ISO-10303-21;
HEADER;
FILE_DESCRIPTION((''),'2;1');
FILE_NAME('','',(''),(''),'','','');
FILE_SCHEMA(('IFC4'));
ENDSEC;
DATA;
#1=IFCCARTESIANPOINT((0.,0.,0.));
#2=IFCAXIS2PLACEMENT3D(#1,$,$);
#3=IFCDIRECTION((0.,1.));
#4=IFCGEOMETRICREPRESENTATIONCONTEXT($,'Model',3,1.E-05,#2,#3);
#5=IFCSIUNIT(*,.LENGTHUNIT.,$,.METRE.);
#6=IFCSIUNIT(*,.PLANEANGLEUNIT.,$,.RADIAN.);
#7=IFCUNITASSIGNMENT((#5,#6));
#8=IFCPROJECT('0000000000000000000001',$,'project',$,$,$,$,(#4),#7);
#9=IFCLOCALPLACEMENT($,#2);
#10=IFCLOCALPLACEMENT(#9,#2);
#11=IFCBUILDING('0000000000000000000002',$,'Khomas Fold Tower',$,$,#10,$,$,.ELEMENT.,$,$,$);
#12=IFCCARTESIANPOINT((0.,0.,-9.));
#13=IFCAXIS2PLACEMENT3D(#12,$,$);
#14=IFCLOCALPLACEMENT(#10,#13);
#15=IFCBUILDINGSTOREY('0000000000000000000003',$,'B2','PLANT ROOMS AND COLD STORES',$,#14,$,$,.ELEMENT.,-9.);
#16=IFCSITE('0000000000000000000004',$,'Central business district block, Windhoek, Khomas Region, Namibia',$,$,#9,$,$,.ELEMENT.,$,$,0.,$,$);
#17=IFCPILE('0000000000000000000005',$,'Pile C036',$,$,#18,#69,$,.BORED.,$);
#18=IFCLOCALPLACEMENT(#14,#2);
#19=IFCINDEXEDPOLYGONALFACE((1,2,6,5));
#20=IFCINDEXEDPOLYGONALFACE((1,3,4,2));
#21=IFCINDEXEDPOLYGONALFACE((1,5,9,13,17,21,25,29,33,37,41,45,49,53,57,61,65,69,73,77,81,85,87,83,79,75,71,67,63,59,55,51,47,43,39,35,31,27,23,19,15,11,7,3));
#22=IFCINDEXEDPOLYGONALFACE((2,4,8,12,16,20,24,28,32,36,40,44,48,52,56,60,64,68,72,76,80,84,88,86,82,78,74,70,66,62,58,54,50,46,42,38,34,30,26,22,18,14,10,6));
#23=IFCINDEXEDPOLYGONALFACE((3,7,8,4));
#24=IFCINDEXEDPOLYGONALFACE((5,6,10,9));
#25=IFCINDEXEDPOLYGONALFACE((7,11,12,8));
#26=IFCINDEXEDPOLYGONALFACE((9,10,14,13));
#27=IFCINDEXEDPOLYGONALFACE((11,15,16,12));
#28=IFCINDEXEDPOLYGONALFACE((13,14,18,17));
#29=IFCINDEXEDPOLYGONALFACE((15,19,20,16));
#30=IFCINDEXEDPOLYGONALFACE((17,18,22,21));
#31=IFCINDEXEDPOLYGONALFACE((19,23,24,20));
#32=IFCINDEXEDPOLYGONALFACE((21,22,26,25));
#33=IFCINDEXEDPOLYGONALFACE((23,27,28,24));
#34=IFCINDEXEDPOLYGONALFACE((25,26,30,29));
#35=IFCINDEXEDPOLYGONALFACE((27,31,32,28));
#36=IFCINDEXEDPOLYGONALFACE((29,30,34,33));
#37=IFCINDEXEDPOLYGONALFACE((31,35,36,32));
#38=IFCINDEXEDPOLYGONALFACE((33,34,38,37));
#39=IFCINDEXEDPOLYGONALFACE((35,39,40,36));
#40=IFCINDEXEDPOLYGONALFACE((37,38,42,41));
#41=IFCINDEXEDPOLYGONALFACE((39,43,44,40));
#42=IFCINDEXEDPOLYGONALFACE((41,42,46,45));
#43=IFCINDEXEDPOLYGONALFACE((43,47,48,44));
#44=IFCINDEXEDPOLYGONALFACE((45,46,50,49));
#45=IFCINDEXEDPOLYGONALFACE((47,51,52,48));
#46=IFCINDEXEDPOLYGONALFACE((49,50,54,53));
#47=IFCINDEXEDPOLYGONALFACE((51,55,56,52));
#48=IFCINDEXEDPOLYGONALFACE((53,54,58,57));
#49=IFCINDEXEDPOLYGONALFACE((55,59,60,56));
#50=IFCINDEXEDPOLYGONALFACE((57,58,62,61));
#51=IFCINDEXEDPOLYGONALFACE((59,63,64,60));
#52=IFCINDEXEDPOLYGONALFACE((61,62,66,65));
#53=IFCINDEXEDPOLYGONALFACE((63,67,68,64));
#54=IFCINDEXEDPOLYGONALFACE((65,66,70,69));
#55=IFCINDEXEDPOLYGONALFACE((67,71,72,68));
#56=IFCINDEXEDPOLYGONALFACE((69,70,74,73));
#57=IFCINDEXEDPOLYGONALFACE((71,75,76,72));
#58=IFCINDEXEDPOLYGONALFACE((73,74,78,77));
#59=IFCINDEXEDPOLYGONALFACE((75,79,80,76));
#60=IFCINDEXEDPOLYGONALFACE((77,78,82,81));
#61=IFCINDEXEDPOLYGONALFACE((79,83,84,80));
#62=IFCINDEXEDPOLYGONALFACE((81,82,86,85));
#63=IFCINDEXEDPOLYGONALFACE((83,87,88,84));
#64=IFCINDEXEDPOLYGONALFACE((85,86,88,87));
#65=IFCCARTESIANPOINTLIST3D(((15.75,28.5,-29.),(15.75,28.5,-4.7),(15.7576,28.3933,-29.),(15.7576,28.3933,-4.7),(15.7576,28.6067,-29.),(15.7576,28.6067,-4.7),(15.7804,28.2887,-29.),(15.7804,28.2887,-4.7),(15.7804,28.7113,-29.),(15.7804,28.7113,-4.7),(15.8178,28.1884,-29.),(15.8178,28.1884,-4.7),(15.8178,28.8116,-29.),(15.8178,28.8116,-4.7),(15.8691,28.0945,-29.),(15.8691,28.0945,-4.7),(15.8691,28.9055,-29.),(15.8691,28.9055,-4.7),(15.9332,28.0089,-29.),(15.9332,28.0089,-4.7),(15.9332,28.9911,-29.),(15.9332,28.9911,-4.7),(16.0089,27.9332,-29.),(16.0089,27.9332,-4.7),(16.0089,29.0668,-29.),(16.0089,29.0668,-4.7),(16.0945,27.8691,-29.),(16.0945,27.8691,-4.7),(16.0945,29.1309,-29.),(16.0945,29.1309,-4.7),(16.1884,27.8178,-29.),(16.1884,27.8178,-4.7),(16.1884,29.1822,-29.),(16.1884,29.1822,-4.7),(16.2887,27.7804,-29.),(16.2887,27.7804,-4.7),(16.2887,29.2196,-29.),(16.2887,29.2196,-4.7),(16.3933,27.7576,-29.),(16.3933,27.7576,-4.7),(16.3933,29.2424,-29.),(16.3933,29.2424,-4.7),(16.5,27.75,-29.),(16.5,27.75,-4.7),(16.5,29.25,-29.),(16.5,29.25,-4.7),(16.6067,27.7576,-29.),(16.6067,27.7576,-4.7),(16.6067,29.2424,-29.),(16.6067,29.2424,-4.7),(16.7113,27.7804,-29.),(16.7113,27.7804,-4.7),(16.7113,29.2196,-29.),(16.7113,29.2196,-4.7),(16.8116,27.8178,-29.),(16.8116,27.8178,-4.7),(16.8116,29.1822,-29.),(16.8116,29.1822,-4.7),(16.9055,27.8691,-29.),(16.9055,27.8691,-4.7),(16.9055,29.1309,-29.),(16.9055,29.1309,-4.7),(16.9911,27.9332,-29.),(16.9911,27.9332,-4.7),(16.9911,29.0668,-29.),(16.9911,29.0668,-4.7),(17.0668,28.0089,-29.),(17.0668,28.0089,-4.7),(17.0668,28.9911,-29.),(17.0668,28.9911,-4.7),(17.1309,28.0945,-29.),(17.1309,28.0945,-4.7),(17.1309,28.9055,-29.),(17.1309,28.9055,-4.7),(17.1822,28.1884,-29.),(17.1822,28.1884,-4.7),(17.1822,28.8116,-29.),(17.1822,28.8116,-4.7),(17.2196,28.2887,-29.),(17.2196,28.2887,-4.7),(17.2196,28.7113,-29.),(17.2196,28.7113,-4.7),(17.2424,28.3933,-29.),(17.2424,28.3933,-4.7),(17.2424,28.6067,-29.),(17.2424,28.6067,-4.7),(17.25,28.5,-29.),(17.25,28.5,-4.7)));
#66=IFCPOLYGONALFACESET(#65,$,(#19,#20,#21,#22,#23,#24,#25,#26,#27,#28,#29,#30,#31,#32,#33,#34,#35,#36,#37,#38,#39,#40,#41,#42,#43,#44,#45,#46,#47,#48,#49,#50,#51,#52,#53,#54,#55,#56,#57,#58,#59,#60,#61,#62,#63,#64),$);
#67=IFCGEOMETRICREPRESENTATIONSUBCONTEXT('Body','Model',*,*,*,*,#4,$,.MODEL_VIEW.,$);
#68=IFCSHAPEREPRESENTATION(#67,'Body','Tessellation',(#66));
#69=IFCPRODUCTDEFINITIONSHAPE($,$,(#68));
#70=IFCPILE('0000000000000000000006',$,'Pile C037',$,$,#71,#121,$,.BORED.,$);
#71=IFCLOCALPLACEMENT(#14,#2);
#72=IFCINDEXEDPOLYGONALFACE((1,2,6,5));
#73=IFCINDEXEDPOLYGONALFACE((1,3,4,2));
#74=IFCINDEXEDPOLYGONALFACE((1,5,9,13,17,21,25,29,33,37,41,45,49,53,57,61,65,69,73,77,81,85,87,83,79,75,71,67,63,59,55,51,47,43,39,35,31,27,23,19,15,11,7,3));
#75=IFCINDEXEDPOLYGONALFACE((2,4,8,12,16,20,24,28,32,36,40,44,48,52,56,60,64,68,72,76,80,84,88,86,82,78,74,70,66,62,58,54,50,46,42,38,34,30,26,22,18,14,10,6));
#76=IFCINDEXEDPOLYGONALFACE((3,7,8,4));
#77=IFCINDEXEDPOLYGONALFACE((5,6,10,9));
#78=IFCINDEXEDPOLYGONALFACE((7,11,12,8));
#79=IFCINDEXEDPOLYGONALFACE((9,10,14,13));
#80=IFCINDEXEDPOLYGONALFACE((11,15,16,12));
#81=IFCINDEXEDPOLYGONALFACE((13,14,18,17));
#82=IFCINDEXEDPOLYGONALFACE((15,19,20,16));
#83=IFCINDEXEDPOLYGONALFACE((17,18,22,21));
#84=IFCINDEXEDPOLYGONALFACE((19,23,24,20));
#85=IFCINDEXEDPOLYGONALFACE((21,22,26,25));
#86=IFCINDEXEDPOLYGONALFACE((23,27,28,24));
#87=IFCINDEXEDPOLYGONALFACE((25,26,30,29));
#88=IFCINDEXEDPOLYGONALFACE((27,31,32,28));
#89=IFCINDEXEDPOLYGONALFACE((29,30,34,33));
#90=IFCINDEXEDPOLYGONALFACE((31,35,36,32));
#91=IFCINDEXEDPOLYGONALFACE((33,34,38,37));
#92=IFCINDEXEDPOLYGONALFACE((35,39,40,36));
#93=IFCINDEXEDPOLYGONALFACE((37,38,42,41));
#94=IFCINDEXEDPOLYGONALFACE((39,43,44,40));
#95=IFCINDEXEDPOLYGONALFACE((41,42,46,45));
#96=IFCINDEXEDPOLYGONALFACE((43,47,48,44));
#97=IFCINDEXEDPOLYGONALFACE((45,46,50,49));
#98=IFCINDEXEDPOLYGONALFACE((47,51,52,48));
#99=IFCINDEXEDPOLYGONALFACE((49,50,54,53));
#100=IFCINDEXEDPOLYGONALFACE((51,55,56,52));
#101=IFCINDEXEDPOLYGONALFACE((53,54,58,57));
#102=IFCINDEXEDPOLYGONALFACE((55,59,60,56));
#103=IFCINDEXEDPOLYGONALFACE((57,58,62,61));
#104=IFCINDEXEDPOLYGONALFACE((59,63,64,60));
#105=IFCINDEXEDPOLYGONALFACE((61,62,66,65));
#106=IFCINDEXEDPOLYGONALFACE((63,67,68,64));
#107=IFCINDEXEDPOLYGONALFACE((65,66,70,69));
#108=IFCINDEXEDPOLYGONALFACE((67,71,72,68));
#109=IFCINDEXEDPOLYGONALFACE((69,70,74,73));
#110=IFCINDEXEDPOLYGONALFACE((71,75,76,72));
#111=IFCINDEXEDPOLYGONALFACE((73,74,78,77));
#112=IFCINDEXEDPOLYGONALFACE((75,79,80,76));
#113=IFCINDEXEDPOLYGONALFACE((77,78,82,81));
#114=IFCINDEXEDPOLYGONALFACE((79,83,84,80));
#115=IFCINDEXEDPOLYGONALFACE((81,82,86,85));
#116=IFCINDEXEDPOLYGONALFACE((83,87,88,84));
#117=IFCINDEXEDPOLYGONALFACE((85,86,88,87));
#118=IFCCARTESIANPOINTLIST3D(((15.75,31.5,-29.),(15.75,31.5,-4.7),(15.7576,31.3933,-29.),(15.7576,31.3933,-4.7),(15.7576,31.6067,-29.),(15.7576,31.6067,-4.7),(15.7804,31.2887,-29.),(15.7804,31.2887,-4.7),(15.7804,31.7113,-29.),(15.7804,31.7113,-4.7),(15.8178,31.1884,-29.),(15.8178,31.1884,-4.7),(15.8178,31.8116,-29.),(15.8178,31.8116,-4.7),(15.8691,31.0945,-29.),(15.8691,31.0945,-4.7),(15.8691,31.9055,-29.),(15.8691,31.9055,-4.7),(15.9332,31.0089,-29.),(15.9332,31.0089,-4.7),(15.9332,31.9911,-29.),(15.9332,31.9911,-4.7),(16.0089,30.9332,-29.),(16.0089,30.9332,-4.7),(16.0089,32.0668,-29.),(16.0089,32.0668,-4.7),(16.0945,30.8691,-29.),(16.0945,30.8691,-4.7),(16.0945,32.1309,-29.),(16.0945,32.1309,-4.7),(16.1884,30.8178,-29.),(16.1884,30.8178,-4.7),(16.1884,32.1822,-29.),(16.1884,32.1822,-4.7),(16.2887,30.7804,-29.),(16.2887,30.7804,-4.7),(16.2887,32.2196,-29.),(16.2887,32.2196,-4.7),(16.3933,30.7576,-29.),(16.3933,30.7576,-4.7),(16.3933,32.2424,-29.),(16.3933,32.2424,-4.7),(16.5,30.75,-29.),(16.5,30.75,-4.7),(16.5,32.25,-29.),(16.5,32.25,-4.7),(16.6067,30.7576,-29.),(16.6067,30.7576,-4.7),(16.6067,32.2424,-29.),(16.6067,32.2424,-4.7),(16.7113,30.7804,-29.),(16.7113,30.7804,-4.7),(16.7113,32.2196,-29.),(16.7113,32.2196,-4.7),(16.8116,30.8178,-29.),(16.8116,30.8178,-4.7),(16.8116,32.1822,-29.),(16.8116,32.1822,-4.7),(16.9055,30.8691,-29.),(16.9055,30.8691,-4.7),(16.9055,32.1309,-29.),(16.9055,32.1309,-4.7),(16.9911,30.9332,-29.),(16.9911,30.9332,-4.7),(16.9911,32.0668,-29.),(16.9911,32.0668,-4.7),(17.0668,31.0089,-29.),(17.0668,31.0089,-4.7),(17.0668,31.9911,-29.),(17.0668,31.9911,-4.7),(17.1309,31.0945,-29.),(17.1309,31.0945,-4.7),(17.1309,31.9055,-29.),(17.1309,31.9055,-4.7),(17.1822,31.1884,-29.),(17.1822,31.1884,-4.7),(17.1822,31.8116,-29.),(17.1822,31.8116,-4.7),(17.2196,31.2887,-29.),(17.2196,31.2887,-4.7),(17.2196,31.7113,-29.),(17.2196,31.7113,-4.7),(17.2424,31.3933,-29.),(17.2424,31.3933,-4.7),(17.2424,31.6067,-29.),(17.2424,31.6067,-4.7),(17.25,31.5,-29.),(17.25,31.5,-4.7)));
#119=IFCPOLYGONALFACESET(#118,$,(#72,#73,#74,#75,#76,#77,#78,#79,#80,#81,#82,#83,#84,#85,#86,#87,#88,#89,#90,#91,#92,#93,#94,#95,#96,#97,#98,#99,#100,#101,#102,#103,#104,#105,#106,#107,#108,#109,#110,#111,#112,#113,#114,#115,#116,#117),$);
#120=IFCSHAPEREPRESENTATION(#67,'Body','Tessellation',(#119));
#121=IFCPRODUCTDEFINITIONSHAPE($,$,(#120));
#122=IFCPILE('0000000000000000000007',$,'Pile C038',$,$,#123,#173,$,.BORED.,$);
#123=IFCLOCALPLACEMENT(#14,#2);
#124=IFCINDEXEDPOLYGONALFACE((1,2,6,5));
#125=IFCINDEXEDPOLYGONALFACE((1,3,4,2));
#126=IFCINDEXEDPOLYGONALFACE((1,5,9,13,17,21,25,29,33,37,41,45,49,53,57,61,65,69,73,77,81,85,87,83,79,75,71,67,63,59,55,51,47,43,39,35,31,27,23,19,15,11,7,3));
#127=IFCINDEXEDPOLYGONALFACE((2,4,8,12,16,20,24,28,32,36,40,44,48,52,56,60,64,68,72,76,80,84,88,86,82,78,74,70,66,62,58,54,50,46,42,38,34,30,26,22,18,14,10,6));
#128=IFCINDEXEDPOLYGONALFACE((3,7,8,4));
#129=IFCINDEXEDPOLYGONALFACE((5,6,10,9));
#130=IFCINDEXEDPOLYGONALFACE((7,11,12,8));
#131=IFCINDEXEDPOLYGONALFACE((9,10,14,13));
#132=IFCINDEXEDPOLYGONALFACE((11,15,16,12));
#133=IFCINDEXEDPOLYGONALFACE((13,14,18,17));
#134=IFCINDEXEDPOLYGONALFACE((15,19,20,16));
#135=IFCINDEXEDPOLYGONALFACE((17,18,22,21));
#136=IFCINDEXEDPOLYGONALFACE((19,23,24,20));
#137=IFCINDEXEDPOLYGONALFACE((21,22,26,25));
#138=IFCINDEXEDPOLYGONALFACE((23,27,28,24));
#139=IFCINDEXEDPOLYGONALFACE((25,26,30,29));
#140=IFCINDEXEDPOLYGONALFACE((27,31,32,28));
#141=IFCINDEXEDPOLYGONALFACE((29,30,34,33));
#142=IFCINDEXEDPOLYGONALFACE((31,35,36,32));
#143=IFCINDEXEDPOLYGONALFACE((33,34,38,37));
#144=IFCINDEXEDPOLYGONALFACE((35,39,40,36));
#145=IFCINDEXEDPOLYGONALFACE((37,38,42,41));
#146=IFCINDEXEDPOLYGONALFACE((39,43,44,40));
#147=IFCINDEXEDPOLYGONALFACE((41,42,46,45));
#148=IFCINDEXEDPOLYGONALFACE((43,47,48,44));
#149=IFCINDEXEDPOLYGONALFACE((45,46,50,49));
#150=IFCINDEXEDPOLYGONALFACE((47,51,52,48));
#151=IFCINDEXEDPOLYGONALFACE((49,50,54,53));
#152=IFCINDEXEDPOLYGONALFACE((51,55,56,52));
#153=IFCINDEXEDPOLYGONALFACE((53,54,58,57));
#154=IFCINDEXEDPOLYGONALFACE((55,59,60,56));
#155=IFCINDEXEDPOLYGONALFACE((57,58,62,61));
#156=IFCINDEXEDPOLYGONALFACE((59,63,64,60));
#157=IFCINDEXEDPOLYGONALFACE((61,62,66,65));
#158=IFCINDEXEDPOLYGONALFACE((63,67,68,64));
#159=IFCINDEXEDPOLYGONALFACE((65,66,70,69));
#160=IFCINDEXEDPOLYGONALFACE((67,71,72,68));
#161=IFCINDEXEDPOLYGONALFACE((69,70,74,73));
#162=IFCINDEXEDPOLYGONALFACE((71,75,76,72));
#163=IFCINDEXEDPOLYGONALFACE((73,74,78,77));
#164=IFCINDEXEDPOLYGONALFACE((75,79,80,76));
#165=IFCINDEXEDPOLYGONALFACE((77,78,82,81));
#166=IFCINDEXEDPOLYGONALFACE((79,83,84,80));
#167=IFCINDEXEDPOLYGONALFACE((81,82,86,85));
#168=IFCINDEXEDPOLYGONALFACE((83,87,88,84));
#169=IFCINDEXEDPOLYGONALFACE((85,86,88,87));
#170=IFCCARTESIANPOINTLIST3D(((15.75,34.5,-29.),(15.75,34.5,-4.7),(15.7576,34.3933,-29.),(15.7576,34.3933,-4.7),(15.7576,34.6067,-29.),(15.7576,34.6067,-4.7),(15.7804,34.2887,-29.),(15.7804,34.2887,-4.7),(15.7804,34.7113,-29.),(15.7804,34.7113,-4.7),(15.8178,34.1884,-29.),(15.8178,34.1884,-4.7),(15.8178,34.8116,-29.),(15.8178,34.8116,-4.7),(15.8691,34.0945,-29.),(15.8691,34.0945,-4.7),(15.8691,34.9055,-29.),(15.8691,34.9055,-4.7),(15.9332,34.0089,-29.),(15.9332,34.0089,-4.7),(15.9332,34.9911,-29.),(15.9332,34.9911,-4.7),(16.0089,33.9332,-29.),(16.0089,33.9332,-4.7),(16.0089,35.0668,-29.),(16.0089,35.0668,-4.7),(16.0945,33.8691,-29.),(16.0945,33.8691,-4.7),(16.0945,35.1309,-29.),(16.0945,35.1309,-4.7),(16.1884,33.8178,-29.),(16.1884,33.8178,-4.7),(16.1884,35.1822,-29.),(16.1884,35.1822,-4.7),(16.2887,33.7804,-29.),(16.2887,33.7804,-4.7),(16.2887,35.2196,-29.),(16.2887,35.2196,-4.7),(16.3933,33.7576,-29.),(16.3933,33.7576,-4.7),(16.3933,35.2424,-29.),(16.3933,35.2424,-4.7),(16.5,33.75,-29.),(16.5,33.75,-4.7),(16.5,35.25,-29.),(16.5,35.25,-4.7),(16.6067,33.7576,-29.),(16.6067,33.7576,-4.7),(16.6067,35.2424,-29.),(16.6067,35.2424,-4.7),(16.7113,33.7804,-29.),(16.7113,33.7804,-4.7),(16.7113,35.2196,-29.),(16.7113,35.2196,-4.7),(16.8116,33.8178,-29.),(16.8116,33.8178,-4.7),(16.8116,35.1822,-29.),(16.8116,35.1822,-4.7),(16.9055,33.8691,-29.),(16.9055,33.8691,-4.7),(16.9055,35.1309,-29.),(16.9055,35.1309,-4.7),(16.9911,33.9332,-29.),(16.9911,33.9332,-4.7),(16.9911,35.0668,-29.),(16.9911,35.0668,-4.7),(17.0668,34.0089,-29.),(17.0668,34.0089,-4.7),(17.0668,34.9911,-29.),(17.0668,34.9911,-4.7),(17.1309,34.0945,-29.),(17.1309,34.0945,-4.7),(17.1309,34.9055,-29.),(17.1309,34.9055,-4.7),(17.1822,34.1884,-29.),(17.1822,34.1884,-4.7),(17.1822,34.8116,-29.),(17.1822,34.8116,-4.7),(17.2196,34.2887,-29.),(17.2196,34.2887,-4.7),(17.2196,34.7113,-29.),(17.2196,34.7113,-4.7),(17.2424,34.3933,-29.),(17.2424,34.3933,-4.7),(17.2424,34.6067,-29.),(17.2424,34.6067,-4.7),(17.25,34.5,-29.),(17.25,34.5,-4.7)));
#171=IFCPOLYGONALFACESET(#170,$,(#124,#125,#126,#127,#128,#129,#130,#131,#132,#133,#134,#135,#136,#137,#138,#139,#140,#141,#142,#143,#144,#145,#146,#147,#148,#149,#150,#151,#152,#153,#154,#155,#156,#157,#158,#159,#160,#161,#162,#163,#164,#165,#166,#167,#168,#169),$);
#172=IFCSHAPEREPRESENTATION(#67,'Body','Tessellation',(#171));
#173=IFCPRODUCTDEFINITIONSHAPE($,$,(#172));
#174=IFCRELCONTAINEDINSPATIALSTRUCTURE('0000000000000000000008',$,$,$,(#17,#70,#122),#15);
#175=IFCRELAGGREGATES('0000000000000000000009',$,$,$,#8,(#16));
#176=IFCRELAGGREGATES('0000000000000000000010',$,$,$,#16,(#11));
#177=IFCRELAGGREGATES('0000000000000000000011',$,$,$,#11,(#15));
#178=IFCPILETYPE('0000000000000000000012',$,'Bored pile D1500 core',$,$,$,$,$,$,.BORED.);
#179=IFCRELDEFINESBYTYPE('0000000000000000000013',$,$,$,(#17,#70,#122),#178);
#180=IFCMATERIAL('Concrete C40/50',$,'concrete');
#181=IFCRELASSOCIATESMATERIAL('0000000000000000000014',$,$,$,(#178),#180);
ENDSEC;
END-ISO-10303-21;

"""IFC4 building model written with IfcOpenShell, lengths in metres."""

from ifc_helpers import new_model, si_unit, direction, frame, origin, origin_2d, place, context, subcontext, project, spatial, circle, extrude, source, transform, mapped, material, material_profile, profile_set, type_object, element, save


model = new_model("IFC4")

# Units and contexts
model_context = context("Model", 3, precision=1e-05, world=origin(), true_north=direction((0.0, 1.0)))
body_context = subcontext(model_context, "Body", "Model", "MODEL_VIEW")
ifc_project = project(units=[si_unit("LENGTHUNIT", "METRE"), si_unit("PLANEANGLEUNIT", "RADIAN")], contexts=[model_context])

# Site, building, storey
site_placement = place(None, origin())
site = spatial("IfcSite", under=ifc_project, at=site_placement, Name="Central business district block, Windhoek, Khomas Region, Namibia", CompositionType="ELEMENT", RefElevation=0.0)
building_placement = place(site_placement, origin())
building = spatial("IfcBuilding", under=site, at=building_placement, Name="Khomas Fold Tower", CompositionType="ELEMENT")
storey_placement = place(building_placement, frame((0.0, 0.0, -9.0)))
storey = spatial("IfcBuildingStorey", under=building, at=storey_placement, Name="B2", Description="PLANT ROOMS AND COLD STORES", CompositionType="ELEMENT", Elevation=-9.0)

# Piles
ifc_material_1 = material(Name="Concrete C40/50", Category="concrete")
ifc_material_profile = material_profile(ifc_material_1, circle(Radius=0.75, at=origin_2d()), Name="PILE D1500")
ifc_profile_set = profile_set([ifc_material_profile], Name="Concrete C40/50")
pile_type = type_object("IfcPileType", Name="Bored pile D1500 core", PredefinedType="BORED", material=ifc_profile_set)
shared_shape_1 = source(origin(), body_context, "Body", "SweptSolid", [
    extrude(circle(Radius=0.75, at=origin_2d()), origin(), (0.0, 0.0, 1.0), 24.3),
])
for number, where, z_axis, x_axis, name in (
    (1, (16.5, 28.5, -4.7), (0.0, 0.0, -1.0), (1.0, 0.0, 0.0), "Pile C036"),
    (2, (16.5, 31.5, -4.7), (0.0, 0.0, -1.0), (1.0, 0.0, 0.0), "Pile C037"),
    (3, (16.5, 34.5, -4.7), (0.0, 0.0, -1.0), (1.0, 0.0, 0.0), "Pile C038"),
):
    element("IfcPile", number, at=place(storey_placement, frame(where, z_axis=z_axis, x_axis=x_axis)), inside=storey, type_object=pile_type, Name=name, PredefinedType="BORED", context=body_context, shape_type="MappedRepresentation", body=[
        mapped(shared_shape_1, transform((0.0, 0.0, 0.0))),
    ])

save(model, "model.ifc")
